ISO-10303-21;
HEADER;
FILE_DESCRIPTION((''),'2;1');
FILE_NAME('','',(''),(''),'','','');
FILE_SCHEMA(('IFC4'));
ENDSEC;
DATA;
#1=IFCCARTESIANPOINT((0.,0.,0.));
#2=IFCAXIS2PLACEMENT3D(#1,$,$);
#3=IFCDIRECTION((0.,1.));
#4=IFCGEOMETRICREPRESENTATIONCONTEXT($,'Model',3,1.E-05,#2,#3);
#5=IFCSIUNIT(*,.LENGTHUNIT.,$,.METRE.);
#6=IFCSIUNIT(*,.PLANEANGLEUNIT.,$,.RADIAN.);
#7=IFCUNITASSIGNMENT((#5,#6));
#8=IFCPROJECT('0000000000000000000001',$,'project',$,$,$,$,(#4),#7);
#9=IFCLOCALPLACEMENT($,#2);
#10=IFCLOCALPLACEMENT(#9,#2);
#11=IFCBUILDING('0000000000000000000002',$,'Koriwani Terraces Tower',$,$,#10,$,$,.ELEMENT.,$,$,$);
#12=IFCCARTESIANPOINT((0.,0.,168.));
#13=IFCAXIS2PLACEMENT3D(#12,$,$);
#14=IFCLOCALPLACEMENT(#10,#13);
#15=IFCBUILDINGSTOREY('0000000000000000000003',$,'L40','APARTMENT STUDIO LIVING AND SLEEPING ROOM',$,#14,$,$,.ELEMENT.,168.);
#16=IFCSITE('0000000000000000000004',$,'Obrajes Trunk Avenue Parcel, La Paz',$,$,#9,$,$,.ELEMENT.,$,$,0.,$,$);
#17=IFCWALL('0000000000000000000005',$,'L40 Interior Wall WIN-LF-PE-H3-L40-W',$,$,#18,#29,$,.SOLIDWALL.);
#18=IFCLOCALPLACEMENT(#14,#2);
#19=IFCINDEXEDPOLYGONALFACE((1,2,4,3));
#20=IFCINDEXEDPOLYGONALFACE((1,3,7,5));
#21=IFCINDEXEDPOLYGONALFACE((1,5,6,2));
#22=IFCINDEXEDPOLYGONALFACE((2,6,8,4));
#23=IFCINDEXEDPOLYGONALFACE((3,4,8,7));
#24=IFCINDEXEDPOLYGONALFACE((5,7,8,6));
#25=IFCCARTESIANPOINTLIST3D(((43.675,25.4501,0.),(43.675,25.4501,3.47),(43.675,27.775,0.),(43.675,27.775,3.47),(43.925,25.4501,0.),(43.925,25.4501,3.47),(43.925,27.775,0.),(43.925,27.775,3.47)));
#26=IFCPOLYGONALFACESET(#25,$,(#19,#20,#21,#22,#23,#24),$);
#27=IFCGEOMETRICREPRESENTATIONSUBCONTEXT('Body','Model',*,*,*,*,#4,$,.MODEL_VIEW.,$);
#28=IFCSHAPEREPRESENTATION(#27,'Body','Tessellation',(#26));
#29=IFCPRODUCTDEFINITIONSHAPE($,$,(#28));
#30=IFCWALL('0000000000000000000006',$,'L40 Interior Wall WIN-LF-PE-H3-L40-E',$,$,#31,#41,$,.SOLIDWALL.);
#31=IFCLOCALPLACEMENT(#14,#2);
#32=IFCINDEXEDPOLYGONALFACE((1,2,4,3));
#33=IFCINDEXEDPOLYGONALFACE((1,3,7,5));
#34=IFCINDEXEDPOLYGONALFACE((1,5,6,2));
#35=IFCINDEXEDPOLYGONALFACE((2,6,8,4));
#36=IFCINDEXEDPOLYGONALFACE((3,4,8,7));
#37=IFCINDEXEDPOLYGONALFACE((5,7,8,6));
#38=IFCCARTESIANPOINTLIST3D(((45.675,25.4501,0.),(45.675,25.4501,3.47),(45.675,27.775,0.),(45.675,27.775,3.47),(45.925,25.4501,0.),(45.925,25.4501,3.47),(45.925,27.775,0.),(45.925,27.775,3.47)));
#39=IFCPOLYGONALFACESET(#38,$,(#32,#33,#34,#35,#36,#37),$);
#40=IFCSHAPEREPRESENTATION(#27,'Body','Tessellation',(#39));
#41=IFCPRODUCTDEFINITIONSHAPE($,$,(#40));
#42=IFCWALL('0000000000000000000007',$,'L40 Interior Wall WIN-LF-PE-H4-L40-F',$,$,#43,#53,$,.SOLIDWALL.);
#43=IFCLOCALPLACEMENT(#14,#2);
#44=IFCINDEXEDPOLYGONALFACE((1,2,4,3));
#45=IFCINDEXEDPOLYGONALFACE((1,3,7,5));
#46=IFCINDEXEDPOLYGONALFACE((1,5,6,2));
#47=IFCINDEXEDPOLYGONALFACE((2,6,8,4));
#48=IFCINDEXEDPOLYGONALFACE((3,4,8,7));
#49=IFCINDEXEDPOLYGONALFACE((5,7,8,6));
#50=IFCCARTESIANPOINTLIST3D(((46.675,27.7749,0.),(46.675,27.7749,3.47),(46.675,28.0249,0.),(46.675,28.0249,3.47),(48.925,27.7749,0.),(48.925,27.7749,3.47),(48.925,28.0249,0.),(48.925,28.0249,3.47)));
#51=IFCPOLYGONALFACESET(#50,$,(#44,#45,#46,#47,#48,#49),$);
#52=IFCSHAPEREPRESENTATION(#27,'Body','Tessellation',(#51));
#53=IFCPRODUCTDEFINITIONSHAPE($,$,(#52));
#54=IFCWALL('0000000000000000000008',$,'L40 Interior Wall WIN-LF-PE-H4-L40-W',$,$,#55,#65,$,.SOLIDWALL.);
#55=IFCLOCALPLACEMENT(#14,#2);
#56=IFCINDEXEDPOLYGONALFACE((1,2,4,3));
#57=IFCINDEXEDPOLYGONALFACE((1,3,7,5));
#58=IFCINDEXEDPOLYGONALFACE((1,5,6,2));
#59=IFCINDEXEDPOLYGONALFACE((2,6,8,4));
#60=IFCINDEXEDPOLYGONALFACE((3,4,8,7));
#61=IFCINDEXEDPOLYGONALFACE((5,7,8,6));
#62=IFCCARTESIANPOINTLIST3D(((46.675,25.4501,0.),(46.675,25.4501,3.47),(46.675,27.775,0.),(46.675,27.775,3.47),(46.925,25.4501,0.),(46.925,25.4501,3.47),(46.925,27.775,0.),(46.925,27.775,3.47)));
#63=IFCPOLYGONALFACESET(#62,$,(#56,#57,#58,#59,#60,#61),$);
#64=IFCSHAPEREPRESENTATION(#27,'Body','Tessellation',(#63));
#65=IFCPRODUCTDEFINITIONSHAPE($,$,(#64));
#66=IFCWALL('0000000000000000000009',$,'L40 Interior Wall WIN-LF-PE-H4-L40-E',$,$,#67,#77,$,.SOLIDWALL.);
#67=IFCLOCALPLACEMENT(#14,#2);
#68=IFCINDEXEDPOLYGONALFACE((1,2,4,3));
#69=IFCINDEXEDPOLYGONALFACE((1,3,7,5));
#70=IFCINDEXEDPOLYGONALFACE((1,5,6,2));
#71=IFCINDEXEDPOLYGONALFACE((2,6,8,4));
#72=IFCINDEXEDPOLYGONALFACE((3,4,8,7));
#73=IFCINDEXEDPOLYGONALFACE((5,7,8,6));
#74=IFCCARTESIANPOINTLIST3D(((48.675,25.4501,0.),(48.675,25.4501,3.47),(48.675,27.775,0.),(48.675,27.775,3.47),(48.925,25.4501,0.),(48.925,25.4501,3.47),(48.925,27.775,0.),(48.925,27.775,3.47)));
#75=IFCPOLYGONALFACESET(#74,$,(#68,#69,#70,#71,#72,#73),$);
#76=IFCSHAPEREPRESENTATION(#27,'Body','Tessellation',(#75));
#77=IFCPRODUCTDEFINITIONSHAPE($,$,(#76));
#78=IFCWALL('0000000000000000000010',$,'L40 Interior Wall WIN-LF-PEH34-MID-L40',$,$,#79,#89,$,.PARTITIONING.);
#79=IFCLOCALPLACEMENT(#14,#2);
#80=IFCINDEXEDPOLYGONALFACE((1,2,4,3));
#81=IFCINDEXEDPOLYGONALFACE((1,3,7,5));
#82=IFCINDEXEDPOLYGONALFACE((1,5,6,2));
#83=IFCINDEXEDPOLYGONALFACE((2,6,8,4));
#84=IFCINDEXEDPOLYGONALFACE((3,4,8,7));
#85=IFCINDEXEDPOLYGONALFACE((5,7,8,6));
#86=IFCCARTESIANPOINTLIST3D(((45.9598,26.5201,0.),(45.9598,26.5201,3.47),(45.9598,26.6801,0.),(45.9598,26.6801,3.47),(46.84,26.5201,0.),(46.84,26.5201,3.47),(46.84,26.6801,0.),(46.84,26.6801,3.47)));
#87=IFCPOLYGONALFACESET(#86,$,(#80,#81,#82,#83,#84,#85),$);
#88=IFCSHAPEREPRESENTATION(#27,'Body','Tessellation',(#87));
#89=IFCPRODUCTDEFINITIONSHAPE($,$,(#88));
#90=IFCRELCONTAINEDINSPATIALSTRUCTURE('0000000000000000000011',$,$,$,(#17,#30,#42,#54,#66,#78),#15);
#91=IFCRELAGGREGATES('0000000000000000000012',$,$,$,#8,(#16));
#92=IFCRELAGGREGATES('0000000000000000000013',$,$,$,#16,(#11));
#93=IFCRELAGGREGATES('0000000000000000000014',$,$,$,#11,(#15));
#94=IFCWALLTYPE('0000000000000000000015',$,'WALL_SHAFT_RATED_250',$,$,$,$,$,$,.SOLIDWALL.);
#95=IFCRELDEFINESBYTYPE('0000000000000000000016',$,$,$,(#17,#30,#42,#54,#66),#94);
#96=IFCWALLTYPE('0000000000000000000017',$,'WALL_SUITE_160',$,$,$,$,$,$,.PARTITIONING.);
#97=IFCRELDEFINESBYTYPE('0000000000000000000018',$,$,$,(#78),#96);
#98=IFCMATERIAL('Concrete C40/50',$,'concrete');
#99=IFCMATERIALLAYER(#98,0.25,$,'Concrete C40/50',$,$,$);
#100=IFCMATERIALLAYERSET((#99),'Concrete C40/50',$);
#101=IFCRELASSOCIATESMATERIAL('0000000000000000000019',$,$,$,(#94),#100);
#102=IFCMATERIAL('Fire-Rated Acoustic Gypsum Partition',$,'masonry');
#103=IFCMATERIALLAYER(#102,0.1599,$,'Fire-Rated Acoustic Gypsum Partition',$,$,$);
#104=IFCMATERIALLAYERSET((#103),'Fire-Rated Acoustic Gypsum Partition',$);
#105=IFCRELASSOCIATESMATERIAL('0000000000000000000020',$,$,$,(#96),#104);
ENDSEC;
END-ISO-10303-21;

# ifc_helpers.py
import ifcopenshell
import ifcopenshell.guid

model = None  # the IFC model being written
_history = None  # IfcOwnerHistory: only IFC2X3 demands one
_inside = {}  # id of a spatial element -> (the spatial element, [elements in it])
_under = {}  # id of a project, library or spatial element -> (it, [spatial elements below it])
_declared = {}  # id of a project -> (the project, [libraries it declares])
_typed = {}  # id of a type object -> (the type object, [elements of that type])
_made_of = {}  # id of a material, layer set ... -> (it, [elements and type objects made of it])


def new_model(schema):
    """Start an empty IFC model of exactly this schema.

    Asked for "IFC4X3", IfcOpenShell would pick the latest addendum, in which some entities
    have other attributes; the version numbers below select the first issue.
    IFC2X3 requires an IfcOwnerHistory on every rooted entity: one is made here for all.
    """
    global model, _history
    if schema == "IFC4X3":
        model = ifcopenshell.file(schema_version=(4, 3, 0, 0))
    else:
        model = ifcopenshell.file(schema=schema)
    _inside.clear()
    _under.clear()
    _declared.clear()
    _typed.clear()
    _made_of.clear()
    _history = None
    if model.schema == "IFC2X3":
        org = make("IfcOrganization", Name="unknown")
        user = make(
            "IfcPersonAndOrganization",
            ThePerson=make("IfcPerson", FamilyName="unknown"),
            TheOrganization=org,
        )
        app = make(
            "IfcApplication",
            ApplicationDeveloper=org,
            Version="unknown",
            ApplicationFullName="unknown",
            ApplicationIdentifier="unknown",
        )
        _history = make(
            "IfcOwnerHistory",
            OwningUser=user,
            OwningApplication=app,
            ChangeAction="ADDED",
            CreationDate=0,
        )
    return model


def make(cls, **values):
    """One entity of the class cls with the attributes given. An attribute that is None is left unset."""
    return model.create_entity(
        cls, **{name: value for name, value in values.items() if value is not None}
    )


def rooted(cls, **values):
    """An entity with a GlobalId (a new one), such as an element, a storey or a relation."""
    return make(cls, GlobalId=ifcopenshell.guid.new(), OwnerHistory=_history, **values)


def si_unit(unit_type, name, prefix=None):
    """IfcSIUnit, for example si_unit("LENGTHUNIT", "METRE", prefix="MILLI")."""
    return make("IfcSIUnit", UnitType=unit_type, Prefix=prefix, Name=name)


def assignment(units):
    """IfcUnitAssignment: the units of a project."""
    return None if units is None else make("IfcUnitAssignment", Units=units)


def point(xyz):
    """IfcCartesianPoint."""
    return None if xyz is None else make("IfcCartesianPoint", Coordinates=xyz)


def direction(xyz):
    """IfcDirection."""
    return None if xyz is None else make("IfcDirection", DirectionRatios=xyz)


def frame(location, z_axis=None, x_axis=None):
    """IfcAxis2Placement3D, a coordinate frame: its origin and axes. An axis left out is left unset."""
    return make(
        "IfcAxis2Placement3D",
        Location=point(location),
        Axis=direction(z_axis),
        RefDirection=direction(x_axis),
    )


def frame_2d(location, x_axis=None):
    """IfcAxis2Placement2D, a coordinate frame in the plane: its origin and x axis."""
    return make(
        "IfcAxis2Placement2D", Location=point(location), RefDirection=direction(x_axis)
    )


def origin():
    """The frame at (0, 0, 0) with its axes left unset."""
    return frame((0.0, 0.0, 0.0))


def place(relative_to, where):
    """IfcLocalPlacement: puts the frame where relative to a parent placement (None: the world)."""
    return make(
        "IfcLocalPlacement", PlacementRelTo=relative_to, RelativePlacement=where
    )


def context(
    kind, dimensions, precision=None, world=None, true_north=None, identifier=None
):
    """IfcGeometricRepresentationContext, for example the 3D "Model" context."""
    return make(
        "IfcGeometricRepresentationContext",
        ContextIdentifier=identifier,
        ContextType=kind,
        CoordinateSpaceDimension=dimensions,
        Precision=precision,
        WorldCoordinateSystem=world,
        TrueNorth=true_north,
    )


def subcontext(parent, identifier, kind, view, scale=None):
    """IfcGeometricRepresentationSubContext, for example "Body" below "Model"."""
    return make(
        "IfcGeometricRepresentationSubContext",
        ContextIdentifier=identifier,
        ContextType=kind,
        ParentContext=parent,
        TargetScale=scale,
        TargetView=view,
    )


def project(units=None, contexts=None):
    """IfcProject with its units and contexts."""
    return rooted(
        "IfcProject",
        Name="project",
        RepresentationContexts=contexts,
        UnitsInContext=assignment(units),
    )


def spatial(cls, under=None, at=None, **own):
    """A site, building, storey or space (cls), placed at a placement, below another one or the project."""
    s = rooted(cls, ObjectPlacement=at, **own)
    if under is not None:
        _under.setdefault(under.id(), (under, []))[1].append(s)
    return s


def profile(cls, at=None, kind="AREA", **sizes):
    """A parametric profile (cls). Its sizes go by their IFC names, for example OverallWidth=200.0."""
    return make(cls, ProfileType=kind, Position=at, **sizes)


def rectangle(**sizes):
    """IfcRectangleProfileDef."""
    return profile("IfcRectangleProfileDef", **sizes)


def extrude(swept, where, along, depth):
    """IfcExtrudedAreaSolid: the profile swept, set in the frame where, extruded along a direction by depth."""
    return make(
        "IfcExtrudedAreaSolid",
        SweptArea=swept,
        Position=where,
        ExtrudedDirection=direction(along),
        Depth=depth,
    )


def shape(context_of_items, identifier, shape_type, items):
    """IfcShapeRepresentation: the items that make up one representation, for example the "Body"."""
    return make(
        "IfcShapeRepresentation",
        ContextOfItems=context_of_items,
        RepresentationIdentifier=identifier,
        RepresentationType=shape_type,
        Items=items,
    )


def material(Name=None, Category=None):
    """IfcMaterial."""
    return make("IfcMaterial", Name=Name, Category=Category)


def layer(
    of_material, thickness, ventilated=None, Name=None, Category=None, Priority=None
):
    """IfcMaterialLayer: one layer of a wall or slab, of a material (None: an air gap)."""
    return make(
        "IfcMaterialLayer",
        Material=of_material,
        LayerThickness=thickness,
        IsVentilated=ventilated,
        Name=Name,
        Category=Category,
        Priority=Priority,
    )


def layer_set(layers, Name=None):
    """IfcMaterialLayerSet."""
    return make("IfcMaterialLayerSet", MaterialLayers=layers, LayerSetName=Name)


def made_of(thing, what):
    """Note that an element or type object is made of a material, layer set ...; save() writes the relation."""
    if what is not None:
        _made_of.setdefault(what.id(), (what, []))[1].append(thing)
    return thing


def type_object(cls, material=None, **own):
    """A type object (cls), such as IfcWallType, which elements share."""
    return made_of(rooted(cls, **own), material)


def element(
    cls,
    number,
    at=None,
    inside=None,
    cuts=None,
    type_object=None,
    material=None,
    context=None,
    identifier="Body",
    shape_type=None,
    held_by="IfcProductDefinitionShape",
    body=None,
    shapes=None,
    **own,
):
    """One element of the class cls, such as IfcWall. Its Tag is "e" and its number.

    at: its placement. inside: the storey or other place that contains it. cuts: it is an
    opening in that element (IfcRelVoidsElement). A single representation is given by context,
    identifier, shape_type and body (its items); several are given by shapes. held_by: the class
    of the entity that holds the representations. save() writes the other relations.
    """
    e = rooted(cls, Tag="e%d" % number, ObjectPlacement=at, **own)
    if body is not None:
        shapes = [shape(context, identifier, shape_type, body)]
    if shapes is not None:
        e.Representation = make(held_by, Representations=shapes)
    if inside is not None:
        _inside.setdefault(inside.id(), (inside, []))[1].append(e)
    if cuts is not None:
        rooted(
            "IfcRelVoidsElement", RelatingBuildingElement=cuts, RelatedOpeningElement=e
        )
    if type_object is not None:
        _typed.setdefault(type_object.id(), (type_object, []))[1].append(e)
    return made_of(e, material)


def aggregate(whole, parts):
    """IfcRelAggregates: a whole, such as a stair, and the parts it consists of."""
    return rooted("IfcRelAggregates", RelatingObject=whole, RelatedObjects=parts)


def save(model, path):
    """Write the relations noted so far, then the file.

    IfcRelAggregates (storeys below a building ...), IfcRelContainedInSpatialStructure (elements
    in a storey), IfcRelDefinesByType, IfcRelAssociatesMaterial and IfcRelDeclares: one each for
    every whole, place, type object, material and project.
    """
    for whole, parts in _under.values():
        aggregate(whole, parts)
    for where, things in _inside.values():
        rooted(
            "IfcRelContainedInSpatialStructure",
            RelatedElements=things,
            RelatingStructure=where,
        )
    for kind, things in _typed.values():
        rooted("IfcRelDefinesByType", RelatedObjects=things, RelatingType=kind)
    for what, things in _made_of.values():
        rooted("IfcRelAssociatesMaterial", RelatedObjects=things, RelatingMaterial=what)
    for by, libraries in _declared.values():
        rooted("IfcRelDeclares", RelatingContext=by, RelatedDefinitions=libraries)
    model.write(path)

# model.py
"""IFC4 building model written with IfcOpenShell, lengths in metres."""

from ifc_helpers import new_model, si_unit, direction, frame, frame_2d, origin, place, context, subcontext, project, spatial, rectangle, extrude, material, layer, layer_set, type_object, element, save


model = new_model("IFC4")

# Units and contexts
model_context = context("Model", 3, precision=1e-05, world=origin(), true_north=direction((0.0, 1.0)))
body_context = subcontext(model_context, "Body", "Model", "MODEL_VIEW")
ifc_project = project(units=[si_unit("LENGTHUNIT", "METRE"), si_unit("PLANEANGLEUNIT", "RADIAN")], contexts=[model_context])

# Site, building, storey
site_placement = place(None, origin())
site = spatial("IfcSite", under=ifc_project, at=site_placement, Name="Obrajes Trunk Avenue Parcel, La Paz", CompositionType="ELEMENT", RefElevation=0.0)
building_placement = place(site_placement, origin())
building = spatial("IfcBuilding", under=site, at=building_placement, Name="Koriwani Terraces Tower", CompositionType="ELEMENT")
storey_placement = place(building_placement, frame((0.0, 0.0, 168.0)))
storey = spatial("IfcBuildingStorey", under=building, at=storey_placement, Name="L40", Description="APARTMENT STUDIO LIVING AND SLEEPING ROOM", CompositionType="ELEMENT", Elevation=168.0)

# Walls
ifc_material_1 = material(Name="Concrete C40/50", Category="concrete")
ifc_layer_1 = layer(ifc_material_1, 0.25, Name="Concrete C40/50")
ifc_layer_set_1 = layer_set([ifc_layer_1], Name="Concrete C40/50")
wall_type_1 = type_object("IfcWallType", Name="WALL_SHAFT_RATED_250", PredefinedType="SOLIDWALL", material=ifc_layer_set_1)
for number, where, z_axis, x_axis, name in (
    (1, (43.8, 25.45, 0.0), (0.0, 0.0, 1.0), (0.0, 1.0, 0.0), "L40 Interior Wall WIN-LF-PE-H3-L40-W"),
    (2, (45.8, 25.45, 0.0), (0.0, 0.0, 1.0), (0.0, 1.0, 0.0), "L40 Interior Wall WIN-LF-PE-H3-L40-E"),
):
    element("IfcWall", number, at=place(storey_placement, frame(where, z_axis=z_axis, x_axis=x_axis)), inside=storey, type_object=wall_type_1, Name=name, PredefinedType="SOLIDWALL", context=body_context, shape_type="SweptSolid", body=[
        extrude(rectangle(XDim=2.325, YDim=0.25, at=frame_2d((1.1626, 0.0))), origin(), (0.0, 0.0, 1.0), 3.47),
    ])
wall_1_placement = place(storey_placement, frame((46.675, 27.8999, 0.0), z_axis=(0.0, 0.0, 1.0), x_axis=(1.0, 0.0, 0.0)))
element("IfcWall", 3, at=wall_1_placement, inside=storey, type_object=wall_type_1, Name="L40 Interior Wall WIN-LF-PE-H4-L40-F", PredefinedType="SOLIDWALL", context=body_context, shape_type="SweptSolid", body=[
    extrude(rectangle(XDim=2.25, YDim=0.25, at=frame_2d((1.125, 0.0))), origin(), (0.0, 0.0, 1.0), 3.47),
])
for number, where, z_axis, x_axis, name in (
    (4, (46.8, 25.45, 0.0), (0.0, 0.0, 1.0), (0.0, 1.0, 0.0), "L40 Interior Wall WIN-LF-PE-H4-L40-W"),
    (5, (48.8, 25.45, 0.0), (0.0, 0.0, 1.0), (0.0, 1.0, 0.0), "L40 Interior Wall WIN-LF-PE-H4-L40-E"),
):
    element("IfcWall", number, at=place(storey_placement, frame(where, z_axis=z_axis, x_axis=x_axis)), inside=storey, type_object=wall_type_1, Name=name, PredefinedType="SOLIDWALL", context=body_context, shape_type="SweptSolid", body=[
        extrude(rectangle(XDim=2.325, YDim=0.25, at=frame_2d((1.1626, 0.0))), origin(), (0.0, 0.0, 1.0), 3.47),
    ])
ifc_material_2 = material(Name="Fire-Rated Acoustic Gypsum Partition", Category="masonry")
ifc_layer_2 = layer(ifc_material_2, 0.1599, Name="Fire-Rated Acoustic Gypsum Partition")
ifc_layer_set_2 = layer_set([ifc_layer_2], Name="Fire-Rated Acoustic Gypsum Partition")
wall_type_2 = type_object("IfcWallType", Name="WALL_SUITE_160", PredefinedType="PARTITIONING", material=ifc_layer_set_2)
wall_2_placement = place(storey_placement, frame((45.96, 26.6001, 0.0), z_axis=(0.0, 0.0, 1.0), x_axis=(1.0, 0.0, 0.0)))
element("IfcWall", 6, at=wall_2_placement, inside=storey, type_object=wall_type_2, Name="L40 Interior Wall WIN-LF-PEH34-MID-L40", PredefinedType="PARTITIONING", context=body_context, shape_type="SweptSolid", body=[
    extrude(rectangle(XDim=0.8801, YDim=0.1599, at=frame_2d((0.4399, 0.0))), origin(), (0.0, 0.0, 1.0), 3.47),
])

save(model, "model.ifc")
